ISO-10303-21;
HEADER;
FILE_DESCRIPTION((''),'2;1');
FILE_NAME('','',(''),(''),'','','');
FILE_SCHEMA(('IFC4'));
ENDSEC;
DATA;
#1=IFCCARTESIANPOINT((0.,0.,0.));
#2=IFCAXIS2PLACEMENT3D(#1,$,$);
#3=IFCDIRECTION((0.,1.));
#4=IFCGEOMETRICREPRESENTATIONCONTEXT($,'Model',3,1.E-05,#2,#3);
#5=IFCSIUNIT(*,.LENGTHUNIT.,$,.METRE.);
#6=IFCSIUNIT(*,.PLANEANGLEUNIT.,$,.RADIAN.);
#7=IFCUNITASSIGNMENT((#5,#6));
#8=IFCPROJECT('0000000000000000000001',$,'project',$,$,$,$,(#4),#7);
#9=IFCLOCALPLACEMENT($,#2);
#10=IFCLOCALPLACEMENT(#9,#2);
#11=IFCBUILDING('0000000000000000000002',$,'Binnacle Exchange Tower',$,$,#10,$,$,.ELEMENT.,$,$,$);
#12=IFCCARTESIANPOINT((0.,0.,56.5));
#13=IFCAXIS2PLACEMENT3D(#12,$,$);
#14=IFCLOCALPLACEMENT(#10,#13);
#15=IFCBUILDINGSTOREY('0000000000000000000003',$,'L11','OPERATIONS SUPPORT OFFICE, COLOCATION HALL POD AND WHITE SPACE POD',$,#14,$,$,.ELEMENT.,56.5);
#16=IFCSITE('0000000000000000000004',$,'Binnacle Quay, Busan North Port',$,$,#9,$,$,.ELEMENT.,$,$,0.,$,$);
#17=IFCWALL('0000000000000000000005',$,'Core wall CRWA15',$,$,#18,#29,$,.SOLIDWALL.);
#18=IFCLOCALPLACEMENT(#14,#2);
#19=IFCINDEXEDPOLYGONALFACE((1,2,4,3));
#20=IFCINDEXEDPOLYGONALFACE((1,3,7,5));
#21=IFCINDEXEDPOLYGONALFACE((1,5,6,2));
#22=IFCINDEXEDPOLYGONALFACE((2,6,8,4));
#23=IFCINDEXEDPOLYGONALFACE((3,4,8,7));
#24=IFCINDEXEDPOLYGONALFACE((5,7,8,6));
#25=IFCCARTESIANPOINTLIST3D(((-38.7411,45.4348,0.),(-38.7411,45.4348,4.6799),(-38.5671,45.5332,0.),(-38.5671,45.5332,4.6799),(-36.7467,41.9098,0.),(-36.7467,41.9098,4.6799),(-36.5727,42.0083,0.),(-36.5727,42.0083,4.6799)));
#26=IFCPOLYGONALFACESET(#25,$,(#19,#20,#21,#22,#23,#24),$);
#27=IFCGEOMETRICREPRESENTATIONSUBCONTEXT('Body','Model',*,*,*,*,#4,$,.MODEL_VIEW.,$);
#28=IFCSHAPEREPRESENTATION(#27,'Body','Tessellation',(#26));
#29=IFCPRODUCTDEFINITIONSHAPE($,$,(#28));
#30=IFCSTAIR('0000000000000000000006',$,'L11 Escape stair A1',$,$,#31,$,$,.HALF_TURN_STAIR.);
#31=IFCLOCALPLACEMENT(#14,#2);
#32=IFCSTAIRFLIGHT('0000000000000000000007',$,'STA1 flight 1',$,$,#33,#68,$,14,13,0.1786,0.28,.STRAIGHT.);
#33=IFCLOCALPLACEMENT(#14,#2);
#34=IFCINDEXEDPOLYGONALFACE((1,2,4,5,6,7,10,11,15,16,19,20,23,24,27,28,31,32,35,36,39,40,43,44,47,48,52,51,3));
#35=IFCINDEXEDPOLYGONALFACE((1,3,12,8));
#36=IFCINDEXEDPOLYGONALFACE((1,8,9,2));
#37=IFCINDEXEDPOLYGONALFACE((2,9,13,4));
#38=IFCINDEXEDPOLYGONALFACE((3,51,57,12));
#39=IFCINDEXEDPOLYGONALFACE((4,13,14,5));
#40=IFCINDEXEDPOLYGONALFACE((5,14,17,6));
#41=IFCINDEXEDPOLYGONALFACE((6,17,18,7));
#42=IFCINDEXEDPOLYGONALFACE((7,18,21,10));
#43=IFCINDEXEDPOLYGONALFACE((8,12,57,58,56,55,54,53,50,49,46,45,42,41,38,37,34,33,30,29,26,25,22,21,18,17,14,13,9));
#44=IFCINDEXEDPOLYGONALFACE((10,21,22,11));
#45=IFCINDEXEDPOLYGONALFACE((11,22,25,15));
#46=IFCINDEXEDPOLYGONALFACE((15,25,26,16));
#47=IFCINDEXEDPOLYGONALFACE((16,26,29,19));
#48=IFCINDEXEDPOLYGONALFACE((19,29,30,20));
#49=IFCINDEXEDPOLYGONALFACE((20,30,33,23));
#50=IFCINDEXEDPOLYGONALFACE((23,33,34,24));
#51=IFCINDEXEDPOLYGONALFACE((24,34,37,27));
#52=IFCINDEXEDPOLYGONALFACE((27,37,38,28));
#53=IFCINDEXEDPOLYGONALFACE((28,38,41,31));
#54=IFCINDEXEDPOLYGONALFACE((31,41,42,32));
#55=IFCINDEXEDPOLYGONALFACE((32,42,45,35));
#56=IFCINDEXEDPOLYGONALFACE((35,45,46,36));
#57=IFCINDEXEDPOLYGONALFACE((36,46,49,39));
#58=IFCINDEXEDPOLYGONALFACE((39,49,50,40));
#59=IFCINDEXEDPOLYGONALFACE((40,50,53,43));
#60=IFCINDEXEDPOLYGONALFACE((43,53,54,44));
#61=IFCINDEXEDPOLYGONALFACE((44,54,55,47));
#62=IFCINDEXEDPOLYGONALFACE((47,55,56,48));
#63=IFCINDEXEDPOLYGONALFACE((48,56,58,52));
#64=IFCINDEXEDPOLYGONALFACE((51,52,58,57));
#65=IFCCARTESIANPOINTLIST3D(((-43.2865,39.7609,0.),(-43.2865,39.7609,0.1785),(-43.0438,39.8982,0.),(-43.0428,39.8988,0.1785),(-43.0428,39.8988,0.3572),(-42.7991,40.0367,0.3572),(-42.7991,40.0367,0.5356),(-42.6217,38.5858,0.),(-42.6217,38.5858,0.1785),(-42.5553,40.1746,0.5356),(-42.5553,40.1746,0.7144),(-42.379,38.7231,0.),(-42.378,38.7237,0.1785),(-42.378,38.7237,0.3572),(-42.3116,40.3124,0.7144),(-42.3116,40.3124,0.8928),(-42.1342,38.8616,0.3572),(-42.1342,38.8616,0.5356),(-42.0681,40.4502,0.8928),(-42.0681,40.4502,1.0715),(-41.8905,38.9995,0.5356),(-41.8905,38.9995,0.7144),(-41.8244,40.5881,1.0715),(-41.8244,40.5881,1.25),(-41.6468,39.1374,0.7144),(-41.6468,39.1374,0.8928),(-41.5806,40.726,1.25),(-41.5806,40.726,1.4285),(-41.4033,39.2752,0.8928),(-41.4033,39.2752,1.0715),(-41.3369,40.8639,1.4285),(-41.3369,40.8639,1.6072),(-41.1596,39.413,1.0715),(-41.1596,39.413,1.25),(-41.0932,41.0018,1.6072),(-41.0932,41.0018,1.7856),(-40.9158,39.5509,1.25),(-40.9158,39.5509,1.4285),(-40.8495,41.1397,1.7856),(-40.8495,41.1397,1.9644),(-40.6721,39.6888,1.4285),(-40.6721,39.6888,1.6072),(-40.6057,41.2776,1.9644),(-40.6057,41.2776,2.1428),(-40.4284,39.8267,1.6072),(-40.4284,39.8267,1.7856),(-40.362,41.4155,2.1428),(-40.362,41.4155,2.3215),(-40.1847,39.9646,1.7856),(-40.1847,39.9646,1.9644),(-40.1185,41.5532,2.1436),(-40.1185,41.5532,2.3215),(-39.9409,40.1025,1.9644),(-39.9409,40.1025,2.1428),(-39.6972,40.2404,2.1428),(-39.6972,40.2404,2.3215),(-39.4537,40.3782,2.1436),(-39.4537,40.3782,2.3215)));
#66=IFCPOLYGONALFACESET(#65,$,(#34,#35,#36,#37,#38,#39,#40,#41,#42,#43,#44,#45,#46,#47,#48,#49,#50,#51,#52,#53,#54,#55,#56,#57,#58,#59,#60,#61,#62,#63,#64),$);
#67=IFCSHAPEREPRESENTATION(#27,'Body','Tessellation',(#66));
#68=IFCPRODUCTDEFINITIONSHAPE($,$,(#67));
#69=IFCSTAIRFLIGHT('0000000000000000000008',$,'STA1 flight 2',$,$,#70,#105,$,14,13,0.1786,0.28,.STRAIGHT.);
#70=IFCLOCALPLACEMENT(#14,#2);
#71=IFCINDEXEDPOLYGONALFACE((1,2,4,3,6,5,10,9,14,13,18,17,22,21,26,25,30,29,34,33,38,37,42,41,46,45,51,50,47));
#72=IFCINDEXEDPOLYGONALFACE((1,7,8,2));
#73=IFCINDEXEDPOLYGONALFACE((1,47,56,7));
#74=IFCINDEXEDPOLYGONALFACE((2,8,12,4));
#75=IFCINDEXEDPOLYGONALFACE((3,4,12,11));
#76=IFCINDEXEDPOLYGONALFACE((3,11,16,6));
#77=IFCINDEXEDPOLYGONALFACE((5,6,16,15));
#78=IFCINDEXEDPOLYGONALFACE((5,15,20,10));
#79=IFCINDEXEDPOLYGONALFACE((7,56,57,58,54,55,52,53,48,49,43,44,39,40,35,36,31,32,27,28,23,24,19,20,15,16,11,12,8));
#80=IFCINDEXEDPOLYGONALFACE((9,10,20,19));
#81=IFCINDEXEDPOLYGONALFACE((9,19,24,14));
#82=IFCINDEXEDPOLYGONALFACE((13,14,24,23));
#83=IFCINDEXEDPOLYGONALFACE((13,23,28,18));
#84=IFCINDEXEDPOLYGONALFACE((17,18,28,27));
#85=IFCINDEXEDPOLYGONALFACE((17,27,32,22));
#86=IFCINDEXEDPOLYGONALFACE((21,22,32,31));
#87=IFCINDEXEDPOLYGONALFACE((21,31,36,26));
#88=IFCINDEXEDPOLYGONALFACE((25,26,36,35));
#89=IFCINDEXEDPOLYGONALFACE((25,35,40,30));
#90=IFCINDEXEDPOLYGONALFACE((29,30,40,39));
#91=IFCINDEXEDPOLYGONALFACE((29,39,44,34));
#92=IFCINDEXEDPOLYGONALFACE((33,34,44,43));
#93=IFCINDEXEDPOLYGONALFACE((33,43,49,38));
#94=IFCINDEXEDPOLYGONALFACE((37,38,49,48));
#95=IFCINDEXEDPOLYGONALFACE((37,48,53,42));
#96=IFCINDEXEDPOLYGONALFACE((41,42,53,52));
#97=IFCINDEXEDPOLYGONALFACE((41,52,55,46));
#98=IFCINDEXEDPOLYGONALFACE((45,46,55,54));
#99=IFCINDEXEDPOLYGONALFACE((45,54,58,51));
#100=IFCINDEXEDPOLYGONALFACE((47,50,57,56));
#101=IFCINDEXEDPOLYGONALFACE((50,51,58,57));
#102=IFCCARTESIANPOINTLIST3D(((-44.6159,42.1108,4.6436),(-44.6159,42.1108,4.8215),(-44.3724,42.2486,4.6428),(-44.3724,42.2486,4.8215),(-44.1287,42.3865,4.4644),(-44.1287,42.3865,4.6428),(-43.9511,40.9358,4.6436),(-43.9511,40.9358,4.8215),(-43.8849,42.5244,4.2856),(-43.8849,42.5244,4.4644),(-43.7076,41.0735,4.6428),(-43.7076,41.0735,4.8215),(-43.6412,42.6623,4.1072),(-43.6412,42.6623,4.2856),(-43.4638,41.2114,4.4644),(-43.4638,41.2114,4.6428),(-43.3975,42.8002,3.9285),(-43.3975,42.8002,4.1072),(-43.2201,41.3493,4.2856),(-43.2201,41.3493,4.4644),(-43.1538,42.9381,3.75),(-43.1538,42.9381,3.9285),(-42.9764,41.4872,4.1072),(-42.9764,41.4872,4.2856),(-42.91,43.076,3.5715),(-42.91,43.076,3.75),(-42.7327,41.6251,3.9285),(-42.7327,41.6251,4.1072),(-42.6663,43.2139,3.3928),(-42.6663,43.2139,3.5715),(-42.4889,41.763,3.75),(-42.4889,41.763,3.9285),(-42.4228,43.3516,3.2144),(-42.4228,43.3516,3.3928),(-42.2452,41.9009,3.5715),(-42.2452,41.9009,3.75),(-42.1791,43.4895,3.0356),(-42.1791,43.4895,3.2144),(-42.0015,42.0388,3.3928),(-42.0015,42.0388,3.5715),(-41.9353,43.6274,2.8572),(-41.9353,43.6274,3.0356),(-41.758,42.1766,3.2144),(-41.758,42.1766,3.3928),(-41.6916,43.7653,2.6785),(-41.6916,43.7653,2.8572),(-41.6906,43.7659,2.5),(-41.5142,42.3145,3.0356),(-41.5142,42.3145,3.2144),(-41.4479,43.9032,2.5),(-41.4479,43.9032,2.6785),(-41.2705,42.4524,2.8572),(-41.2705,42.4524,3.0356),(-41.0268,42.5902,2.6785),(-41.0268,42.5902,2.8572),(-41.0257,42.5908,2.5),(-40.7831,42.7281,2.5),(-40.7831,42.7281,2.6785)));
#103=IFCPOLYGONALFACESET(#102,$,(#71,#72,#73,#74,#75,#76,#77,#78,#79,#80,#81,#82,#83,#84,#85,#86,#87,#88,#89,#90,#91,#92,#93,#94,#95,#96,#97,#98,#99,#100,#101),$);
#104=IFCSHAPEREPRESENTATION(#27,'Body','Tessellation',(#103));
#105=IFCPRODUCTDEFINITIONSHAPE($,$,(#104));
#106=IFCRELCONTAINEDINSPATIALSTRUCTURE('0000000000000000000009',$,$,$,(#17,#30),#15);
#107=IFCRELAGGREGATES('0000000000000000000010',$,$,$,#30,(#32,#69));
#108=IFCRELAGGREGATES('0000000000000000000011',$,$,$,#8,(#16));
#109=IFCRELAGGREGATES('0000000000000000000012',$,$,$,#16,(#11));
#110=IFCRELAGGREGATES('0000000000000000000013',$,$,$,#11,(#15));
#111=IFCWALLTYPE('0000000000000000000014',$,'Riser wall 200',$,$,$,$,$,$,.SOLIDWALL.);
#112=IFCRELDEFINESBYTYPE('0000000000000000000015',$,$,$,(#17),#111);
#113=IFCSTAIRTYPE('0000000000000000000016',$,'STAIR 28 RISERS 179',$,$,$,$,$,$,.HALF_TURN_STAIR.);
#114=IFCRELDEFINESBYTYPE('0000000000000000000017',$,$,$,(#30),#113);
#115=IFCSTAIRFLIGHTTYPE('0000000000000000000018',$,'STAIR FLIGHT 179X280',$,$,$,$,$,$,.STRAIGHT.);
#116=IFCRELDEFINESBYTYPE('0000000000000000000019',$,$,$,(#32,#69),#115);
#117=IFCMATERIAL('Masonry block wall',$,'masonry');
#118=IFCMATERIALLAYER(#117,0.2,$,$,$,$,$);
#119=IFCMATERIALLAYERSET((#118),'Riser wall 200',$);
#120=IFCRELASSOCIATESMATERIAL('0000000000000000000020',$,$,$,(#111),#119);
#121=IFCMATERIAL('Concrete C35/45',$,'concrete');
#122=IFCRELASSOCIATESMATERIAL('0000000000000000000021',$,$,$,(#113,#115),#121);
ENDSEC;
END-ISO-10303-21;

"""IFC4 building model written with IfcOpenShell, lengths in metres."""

from ifc_helpers import new_model, si_unit, direction, frame, frame_2d, origin, place, context, subcontext, project, spatial, polyline, rectangle, outline, extrude, material, layer, layer_set, type_object, element, aggregate, save


model = new_model("IFC4")

# Units and contexts
model_context = context("Model", 3, precision=1e-05, world=origin(), true_north=direction((0.0, 1.0)))
body_context = subcontext(model_context, "Body", "Model", "MODEL_VIEW")
ifc_project = project(units=[si_unit("LENGTHUNIT", "METRE"), si_unit("PLANEANGLEUNIT", "RADIAN")], contexts=[model_context])

# Site, building, storey
site_placement = place(None, origin())
site = spatial("IfcSite", under=ifc_project, at=site_placement, Name="Binnacle Quay, Busan North Port", CompositionType="ELEMENT", RefElevation=0.0)
building_placement = place(site_placement, origin())
building = spatial("IfcBuilding", under=site, at=building_placement, Name="Binnacle Exchange Tower", CompositionType="ELEMENT")
storey_placement = place(building_placement, frame((0.0, 0.0, 56.5)))
storey = spatial("IfcBuildingStorey", under=building, at=storey_placement, Name="L11", Description="OPERATIONS SUPPORT OFFICE, COLOCATION HALL POD AND WHITE SPACE POD", CompositionType="ELEMENT", Elevation=56.5)

# Shared definitions
ifc_material_1 = material(Name="Masonry block wall", Category="masonry")

# Wall
ifc_layer_1 = layer(ifc_material_1, 0.2)
ifc_layer_set_1 = layer_set([ifc_layer_1], Name="Riser wall 200")
wall_type_1 = type_object("IfcWallType", Name="Riser wall 200", PredefinedType="SOLIDWALL", material=ifc_layer_set_1)
wall_1_placement = place(storey_placement, frame((-38.6541, 45.4839, 0.0), z_axis=(0.0, 0.0, 1.0), x_axis=(0.492441, -0.870346, 0.0)))
element("IfcWall", 1, at=wall_1_placement, inside=storey, type_object=wall_type_1, Name="Core wall CRWA15", PredefinedType="SOLIDWALL", context=body_context, shape_type="SweptSolid", body=[
    extrude(rectangle(XDim=4.05, YDim=0.2, at=frame_2d((2.0249, 0.0))), origin(), (0.0, 0.0, 1.0), 4.6799),
])

# Stair, stair flights
ifc_material_2 = material(Name="Concrete C35/45", Category="concrete")
stair_type = type_object("IfcStairType", Name="STAIR 28 RISERS 179", PredefinedType="HALF_TURN_STAIR", material=ifc_material_2)
stair_placement = place(storey_placement, origin())
stair = element("IfcStair", 2, at=stair_placement, inside=storey, type_object=stair_type, Name="L11 Escape stair A1", PredefinedType="HALF_TURN_STAIR")
stair_flight_type = type_object("IfcStairFlightType", Name="STAIR FLIGHT 179X280", PredefinedType="STRAIGHT", material=ifc_material_2)
stair_flight_1_placement = place(storey_placement, frame((-42.9541, 39.1733, 0.0), z_axis=(0.0, 0.0, 1.0), x_axis=(0.870356, 0.492424, 0.0)))
stair_flight_1 = element("IfcStairFlight", 3, at=stair_flight_1_placement, type_object=stair_flight_type, Name="STA1 flight 1", NumberOfRisers=14, NumberOfTreads=13, PredefinedType="STRAIGHT", RiserHeight=0.1786, TreadLength=0.28, context=body_context, shape_type="SweptSolid", body=[
    extrude(outline(polyline([(0.0, 0.0), (0.0, 0.1785), (0.28, 0.1785), (0.28, 0.3572), (0.5601, 0.3572), (0.5601, 0.5356), (0.8401, 0.5356), (0.8401, 0.7144), (1.1201, 0.7144), (1.1201, 0.8928), (1.3999, 0.8928), (1.3999, 1.0715), (1.6799, 1.0715), (1.6799, 1.25), (1.96, 1.25), (1.96, 1.4285), (2.24, 1.4285), (2.24, 1.6072), (2.52, 1.6072), (2.52, 1.7856), (2.8, 1.7856), (2.8, 1.9644), (3.0801, 1.9644), (3.0801, 2.1428), (3.3601, 2.1428), (3.3601, 2.3215), (3.6399, 2.3215), (3.6399, 2.5), (3.6399, 2.1436), (0.2788, 0.0), (0.0, 0.0)])), frame((0.0, 0.675, 0.0), z_axis=(0.0, -1.0, 0.0), x_axis=(1.0, 0.0, 0.0)), (0.0, 0.0, 1.0), 1.3501),
])
stair_flight_2_placement = place(storey_placement, frame((-41.1155, 43.3157, 2.5), z_axis=(0.0, 0.0, 1.0), x_axis=(-0.870356, -0.492424, 0.0)))
stair_flight_2 = element("IfcStairFlight", 4, at=stair_flight_2_placement, type_object=stair_flight_type, Name="STA1 flight 2", NumberOfRisers=14, NumberOfTreads=13, PredefinedType="STRAIGHT", RiserHeight=0.1786, TreadLength=0.28, context=body_context, shape_type="SweptSolid", body=[
    extrude(outline(polyline([(0.0, 0.0), (0.0, 0.1785), (0.28, 0.1785), (0.28, 0.3572), (0.5601, 0.3572), (0.5601, 0.5356), (0.8401, 0.5356), (0.8401, 0.7144), (1.1201, 0.7144), (1.1201, 0.8928), (1.3999, 0.8928), (1.3999, 1.0715), (1.6799, 1.0715), (1.6799, 1.25), (1.96, 1.25), (1.96, 1.4285), (2.24, 1.4285), (2.24, 1.6072), (2.52, 1.6072), (2.52, 1.7856), (2.8, 1.7856), (2.8, 1.9644), (3.0801, 1.9644), (3.0801, 2.1428), (3.3601, 2.1428), (3.3601, 2.3215), (3.6399, 2.3215), (3.6399, 2.5), (3.6399, 2.1436), (0.2788, 0.0), (0.0, 0.0)])), frame((0.0, 0.675, 0.0), z_axis=(0.0, -1.0, 0.0), x_axis=(1.0, 0.0, 0.0)), (0.0, 0.0, 1.0), 1.3501),
])
aggregate(stair, [stair_flight_1, stair_flight_2])

save(model, "model.ifc")
